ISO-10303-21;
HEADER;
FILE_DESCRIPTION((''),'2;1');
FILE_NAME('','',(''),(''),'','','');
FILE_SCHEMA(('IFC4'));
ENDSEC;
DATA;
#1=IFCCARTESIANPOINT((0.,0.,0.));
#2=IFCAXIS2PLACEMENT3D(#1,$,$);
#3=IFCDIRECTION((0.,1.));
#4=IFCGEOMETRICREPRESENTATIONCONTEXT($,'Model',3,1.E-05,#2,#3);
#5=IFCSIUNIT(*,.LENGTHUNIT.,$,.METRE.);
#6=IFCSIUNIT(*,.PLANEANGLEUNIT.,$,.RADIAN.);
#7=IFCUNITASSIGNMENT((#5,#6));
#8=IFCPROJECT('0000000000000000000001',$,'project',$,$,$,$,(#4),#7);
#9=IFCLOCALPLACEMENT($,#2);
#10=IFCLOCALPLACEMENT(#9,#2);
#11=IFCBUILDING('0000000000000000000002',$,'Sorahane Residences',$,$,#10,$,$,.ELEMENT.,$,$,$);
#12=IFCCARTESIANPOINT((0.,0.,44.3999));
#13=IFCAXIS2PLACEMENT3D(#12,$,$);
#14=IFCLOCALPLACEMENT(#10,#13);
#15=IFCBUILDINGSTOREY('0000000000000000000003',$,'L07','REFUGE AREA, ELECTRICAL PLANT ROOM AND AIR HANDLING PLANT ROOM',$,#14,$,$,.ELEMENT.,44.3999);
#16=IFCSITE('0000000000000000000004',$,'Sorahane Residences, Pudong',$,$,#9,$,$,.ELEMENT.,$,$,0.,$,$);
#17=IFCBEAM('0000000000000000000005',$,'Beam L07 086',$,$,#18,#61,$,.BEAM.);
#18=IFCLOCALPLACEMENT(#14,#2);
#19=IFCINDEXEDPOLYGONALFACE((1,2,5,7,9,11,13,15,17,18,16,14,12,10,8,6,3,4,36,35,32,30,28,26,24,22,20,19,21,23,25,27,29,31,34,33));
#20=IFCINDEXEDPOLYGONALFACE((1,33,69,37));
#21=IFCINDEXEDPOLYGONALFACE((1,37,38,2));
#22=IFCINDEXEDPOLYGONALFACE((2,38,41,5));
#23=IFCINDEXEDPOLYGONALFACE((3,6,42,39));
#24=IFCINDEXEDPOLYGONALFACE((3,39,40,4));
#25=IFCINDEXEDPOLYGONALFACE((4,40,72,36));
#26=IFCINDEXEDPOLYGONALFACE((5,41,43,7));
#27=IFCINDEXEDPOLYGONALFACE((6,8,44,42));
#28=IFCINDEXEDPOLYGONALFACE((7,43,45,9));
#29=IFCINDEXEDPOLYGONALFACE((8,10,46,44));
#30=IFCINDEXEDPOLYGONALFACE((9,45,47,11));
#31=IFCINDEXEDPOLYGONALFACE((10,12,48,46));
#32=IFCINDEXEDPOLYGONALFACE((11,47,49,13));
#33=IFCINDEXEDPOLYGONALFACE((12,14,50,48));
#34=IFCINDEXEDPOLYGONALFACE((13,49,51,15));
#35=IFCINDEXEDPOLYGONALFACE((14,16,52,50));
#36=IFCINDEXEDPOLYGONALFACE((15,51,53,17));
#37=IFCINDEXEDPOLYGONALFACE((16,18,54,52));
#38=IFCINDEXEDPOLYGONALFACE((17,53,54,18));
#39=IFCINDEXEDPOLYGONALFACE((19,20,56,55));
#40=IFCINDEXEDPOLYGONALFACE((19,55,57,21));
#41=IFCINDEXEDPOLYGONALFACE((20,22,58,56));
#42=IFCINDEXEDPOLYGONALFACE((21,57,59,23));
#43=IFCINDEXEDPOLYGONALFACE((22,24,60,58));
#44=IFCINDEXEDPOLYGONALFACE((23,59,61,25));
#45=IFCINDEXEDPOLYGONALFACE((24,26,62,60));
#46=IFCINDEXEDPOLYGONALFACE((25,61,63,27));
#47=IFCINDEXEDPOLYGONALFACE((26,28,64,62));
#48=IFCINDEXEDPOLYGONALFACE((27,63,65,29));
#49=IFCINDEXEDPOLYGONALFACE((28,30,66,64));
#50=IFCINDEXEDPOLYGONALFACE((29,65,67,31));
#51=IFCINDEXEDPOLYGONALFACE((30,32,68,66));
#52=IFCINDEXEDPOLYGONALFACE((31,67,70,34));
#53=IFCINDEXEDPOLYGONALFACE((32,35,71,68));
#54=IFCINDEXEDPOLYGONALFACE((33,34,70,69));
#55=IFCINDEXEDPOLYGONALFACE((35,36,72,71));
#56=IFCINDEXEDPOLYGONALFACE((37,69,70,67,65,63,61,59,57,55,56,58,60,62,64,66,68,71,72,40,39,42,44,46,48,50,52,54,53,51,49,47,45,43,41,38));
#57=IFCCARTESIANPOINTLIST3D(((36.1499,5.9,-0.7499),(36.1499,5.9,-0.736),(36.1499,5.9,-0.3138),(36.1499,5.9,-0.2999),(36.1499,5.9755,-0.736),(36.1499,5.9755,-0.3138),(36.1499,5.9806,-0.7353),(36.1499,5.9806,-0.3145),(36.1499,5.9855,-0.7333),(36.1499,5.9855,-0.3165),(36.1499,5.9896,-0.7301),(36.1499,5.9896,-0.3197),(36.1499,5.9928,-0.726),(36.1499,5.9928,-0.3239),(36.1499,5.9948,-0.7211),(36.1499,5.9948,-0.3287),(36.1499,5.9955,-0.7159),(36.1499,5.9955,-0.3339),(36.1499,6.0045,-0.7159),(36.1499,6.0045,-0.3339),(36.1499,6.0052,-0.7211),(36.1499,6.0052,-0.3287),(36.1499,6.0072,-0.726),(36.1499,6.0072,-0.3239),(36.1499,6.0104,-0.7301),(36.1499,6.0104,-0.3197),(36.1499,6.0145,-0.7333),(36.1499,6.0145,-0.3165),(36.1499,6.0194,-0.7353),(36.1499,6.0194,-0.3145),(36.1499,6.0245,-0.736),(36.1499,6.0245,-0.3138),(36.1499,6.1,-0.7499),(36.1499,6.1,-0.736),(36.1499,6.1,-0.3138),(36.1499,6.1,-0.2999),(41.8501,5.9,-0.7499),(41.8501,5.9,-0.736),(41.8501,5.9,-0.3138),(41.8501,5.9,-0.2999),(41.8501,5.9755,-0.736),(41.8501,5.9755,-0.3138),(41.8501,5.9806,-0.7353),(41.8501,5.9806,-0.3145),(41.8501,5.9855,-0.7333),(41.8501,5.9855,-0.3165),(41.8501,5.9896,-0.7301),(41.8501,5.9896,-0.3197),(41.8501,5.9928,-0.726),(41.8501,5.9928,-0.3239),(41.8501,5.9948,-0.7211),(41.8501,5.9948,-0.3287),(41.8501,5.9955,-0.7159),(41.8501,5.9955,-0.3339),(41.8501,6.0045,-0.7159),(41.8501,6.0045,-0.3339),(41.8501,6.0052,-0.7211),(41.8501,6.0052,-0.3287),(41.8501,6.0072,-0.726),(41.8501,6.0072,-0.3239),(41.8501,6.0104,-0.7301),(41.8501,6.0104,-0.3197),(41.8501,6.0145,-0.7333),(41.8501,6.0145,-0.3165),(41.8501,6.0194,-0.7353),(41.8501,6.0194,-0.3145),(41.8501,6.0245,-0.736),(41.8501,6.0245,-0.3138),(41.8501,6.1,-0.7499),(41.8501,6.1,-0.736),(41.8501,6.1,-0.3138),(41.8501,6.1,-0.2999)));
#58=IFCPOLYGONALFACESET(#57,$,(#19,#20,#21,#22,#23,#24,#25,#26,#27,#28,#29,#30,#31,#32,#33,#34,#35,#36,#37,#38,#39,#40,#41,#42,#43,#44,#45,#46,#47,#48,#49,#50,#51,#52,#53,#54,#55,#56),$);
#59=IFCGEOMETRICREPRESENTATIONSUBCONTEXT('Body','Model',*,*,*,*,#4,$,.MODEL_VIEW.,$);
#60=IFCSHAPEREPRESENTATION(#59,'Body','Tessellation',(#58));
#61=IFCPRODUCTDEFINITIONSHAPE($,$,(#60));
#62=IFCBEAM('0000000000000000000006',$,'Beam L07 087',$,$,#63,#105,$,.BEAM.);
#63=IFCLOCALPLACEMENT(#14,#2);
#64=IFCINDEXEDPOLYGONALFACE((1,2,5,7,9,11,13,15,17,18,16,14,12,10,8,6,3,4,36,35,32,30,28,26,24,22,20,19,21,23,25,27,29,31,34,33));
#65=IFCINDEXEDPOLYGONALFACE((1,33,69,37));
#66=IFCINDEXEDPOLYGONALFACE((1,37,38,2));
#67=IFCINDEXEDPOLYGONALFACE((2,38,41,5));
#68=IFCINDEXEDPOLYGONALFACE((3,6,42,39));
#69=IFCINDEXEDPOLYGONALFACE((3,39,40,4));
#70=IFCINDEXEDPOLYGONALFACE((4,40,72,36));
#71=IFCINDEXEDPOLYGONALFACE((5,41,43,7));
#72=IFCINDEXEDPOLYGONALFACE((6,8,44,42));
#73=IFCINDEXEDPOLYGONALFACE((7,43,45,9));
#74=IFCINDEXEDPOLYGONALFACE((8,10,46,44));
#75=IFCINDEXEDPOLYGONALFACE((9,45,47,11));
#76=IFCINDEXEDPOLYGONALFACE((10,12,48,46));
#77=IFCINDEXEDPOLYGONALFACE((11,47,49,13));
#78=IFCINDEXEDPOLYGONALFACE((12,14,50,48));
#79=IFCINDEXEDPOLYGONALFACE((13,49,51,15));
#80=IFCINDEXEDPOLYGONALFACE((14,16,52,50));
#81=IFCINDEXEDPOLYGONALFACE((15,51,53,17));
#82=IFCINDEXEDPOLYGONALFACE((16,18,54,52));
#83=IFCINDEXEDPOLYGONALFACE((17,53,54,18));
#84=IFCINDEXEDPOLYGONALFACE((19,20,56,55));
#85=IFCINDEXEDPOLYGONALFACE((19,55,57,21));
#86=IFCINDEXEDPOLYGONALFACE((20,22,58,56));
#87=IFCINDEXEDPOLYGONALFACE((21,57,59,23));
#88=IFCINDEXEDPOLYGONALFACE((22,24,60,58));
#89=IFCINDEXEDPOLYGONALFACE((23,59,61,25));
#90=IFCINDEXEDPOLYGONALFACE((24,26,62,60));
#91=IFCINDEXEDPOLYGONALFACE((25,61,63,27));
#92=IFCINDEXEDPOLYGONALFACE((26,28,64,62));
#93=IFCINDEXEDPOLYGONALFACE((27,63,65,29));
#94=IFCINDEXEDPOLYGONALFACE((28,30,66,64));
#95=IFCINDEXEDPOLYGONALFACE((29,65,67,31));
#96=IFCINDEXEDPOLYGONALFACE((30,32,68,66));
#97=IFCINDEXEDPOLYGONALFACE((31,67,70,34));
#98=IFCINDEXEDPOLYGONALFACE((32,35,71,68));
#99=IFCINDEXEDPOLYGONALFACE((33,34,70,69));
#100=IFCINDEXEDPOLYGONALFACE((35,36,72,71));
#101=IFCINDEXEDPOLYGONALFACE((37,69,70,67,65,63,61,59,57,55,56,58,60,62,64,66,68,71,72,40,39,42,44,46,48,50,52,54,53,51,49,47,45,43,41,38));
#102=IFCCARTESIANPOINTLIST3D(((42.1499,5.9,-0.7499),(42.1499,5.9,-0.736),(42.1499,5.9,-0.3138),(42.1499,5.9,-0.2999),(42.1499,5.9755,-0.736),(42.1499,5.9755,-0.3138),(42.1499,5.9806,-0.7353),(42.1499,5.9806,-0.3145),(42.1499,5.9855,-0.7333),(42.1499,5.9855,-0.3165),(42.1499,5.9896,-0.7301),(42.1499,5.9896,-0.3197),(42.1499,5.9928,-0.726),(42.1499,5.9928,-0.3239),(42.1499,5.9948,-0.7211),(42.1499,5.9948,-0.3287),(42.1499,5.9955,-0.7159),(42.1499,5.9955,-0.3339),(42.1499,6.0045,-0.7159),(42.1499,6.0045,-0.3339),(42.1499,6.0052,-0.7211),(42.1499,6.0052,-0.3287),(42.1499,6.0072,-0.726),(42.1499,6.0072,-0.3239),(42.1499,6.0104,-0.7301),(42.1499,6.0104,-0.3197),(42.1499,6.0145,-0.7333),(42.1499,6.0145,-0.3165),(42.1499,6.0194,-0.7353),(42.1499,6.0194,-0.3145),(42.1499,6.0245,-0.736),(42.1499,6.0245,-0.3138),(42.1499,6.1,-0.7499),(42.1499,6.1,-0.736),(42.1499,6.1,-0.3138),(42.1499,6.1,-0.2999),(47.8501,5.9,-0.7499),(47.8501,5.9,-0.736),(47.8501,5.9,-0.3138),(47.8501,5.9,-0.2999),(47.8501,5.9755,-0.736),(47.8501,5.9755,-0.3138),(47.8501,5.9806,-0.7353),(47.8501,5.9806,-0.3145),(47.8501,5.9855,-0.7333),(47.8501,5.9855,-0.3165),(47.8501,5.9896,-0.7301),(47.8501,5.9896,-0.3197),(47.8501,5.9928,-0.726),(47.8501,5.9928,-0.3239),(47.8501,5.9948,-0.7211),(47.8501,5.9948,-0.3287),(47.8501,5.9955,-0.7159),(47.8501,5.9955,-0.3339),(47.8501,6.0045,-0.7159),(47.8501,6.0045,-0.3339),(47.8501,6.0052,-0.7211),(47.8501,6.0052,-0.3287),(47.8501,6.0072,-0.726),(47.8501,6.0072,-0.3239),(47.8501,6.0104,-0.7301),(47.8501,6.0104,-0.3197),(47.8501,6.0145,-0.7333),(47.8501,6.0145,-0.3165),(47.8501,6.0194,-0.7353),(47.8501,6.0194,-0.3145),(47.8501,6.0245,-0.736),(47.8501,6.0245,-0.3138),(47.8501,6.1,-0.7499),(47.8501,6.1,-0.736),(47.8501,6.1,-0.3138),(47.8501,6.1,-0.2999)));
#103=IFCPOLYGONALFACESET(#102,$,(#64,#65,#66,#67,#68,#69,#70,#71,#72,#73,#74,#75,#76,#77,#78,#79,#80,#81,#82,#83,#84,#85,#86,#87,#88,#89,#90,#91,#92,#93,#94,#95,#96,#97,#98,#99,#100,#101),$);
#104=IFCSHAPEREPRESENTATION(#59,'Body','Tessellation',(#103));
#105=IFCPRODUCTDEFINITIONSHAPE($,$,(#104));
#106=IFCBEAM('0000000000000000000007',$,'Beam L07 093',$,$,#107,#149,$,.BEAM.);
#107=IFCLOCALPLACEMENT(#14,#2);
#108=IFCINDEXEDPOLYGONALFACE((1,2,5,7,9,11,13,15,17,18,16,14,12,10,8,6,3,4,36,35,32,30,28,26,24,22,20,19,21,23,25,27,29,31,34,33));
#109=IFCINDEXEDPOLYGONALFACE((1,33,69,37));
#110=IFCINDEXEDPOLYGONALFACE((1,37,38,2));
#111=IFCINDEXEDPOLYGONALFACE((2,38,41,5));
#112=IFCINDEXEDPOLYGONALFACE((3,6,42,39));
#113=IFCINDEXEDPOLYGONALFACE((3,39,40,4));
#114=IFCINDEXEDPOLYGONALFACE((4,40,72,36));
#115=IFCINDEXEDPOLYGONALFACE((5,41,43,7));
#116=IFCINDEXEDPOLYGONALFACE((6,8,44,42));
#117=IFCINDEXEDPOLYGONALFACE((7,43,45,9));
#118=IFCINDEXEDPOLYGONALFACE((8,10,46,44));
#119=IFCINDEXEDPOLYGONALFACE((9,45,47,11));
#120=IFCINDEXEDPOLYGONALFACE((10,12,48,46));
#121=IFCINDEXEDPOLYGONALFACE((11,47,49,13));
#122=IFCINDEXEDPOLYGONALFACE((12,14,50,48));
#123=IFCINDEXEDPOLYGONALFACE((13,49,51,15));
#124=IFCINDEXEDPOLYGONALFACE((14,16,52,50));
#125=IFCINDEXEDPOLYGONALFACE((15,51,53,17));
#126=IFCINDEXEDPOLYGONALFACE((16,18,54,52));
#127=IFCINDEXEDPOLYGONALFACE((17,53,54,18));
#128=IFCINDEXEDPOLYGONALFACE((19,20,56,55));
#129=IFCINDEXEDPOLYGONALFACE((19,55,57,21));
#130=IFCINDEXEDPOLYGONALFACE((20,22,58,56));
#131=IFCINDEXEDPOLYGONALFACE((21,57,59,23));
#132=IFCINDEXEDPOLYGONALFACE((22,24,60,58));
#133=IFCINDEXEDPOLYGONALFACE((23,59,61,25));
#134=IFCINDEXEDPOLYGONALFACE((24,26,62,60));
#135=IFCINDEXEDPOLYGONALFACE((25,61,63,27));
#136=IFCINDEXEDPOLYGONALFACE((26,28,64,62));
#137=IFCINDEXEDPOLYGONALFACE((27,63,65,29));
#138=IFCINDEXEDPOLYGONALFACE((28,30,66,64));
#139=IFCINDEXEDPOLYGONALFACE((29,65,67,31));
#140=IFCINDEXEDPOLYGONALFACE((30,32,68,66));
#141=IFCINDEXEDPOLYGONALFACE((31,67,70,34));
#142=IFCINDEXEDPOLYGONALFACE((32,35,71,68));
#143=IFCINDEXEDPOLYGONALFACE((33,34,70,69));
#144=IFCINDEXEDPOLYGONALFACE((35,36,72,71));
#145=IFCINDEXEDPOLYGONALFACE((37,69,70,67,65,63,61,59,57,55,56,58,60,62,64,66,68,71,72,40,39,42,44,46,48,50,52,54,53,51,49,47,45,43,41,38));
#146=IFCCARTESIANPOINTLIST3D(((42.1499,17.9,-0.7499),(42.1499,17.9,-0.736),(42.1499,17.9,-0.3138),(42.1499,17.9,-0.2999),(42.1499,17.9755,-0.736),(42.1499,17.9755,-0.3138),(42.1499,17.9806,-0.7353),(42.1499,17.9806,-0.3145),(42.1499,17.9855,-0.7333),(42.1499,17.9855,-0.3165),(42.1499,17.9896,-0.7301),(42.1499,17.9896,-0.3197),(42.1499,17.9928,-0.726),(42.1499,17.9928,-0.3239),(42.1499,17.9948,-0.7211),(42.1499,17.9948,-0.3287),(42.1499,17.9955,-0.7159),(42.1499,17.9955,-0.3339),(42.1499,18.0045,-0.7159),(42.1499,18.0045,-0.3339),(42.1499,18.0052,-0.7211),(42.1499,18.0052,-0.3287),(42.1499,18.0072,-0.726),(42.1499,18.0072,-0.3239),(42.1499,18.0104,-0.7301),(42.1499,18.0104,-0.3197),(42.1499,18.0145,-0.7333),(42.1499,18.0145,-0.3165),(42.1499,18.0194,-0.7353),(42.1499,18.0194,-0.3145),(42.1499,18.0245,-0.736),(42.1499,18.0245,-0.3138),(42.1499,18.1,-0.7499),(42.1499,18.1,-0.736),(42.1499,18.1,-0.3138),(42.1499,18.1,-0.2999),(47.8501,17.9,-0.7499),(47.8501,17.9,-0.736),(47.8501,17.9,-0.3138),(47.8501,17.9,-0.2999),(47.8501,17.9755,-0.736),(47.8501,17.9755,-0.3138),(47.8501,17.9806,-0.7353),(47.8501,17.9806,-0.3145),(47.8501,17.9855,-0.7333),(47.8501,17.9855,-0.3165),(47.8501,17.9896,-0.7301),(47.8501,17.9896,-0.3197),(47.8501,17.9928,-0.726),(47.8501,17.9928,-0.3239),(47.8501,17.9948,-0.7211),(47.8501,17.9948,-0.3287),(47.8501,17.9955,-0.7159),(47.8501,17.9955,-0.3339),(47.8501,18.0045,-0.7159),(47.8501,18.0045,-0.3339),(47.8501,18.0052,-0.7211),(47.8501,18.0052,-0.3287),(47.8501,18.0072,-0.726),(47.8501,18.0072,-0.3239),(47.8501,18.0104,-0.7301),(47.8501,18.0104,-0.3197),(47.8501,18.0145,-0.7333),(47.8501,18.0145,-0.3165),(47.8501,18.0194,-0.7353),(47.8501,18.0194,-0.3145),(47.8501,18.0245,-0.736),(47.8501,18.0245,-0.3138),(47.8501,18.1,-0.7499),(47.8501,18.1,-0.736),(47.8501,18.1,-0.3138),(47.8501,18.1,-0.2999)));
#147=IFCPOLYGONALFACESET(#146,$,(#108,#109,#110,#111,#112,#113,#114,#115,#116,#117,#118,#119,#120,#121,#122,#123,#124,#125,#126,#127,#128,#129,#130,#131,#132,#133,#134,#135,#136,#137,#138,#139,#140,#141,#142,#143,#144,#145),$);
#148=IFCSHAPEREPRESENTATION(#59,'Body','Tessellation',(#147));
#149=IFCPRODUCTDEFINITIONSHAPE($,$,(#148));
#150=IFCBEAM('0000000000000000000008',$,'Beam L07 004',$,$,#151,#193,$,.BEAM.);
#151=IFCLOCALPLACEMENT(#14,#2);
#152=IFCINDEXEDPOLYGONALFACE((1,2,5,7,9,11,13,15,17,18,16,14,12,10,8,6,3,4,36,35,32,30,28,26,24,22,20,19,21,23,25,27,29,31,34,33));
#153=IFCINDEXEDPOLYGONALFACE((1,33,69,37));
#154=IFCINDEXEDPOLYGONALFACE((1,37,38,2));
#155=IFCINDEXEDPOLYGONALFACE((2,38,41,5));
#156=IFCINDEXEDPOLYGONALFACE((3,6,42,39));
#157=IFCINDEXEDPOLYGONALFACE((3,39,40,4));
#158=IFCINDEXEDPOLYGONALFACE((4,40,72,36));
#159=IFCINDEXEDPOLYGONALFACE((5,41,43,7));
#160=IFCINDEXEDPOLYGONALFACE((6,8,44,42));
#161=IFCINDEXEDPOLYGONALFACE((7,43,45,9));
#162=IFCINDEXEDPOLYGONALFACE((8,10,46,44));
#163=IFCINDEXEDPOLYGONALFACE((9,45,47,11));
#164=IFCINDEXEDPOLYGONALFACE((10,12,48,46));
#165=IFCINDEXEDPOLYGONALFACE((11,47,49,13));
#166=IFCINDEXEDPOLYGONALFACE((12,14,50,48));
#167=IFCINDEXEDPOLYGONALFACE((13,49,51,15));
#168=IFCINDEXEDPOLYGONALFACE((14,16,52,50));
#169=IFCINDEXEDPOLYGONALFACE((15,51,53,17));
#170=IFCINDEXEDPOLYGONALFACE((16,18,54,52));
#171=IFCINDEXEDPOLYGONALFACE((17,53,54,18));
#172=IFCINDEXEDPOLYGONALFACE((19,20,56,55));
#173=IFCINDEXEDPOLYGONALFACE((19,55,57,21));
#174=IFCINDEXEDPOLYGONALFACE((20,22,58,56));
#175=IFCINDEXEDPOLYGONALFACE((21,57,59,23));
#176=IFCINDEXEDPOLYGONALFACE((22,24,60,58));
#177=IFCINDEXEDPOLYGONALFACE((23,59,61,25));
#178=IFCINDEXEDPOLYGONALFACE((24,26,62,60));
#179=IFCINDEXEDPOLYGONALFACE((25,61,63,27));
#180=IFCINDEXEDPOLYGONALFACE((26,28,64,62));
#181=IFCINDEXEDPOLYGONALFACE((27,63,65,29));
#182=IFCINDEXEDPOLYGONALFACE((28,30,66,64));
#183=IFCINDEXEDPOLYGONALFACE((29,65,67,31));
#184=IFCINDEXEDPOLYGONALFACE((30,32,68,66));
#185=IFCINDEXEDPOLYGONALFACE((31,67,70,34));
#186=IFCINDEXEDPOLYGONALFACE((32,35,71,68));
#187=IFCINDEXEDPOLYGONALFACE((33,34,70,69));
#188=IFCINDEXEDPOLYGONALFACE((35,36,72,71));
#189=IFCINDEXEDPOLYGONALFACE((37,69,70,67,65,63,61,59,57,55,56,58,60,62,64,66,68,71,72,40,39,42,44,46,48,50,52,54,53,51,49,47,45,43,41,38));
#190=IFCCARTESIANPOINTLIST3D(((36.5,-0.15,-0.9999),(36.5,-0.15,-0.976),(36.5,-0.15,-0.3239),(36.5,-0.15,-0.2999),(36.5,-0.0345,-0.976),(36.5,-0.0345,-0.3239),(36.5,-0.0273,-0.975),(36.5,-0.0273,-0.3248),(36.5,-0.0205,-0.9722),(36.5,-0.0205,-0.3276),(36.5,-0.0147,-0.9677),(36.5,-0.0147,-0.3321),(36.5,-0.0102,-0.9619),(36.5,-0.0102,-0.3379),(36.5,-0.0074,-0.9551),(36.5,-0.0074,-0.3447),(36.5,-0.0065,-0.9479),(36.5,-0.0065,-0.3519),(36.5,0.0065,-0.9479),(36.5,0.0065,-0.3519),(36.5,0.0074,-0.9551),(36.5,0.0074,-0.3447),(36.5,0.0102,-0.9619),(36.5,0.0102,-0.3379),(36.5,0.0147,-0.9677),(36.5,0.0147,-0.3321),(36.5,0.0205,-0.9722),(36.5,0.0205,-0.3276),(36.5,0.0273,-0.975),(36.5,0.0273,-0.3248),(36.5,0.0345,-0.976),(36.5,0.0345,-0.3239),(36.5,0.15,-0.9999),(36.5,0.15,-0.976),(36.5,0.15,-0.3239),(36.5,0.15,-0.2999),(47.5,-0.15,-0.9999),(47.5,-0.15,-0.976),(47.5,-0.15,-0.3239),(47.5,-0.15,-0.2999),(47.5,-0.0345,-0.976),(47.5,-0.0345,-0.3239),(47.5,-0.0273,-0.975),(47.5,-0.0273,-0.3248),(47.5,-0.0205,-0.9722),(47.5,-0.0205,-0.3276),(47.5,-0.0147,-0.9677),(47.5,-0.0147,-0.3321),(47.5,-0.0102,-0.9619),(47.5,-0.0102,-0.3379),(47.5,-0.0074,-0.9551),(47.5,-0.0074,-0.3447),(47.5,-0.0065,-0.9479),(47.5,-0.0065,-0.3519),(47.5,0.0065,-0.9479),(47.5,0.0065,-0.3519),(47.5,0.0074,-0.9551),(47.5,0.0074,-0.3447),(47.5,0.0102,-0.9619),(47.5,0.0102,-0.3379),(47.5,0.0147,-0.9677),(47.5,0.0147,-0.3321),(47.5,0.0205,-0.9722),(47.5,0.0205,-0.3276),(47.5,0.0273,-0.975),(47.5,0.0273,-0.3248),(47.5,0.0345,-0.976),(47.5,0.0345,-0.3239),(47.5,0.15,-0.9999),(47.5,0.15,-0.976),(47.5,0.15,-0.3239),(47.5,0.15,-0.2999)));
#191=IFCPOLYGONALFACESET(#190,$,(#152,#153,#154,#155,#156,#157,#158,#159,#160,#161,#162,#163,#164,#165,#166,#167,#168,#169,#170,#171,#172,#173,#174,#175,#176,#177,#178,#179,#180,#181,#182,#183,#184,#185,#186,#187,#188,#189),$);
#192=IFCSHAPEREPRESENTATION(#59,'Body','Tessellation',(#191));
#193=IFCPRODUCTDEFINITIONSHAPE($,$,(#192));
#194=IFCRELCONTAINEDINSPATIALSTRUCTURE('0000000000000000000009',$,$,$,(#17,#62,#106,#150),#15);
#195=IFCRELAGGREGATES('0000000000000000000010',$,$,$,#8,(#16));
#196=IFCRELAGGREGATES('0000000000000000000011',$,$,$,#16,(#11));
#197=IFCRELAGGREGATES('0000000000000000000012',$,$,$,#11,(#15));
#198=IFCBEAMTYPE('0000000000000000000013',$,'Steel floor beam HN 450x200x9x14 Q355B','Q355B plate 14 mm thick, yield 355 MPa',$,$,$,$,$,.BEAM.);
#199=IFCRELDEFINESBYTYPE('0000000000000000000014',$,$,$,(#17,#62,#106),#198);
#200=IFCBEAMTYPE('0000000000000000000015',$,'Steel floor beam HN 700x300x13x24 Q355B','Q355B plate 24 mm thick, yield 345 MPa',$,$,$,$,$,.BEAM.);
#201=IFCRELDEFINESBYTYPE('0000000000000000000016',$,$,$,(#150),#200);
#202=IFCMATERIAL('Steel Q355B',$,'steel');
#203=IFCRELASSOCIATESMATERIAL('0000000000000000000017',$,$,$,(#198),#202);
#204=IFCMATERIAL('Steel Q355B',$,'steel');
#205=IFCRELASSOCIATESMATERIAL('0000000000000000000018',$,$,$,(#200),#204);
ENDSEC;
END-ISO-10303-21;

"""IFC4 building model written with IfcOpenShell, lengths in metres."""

from ifc_helpers import new_model, si_unit, direction, frame, origin, origin_2d, place, context, subcontext, project, spatial, i_section, extrude, material, material_profile, profile_set, type_object, element, save


model = new_model("IFC4")

# Units and contexts
model_context = context("Model", 3, precision=1e-05, world=origin(), true_north=direction((0.0, 1.0)))
body_context = subcontext(model_context, "Body", "Model", "MODEL_VIEW")
ifc_project = project(units=[si_unit("LENGTHUNIT", "METRE"), si_unit("PLANEANGLEUNIT", "RADIAN")], contexts=[model_context])

# Site, building, storey
site_placement = place(None, origin())
site = spatial("IfcSite", under=ifc_project, at=site_placement, Name="Sorahane Residences, Pudong", CompositionType="ELEMENT", RefElevation=0.0)
building_placement = place(site_placement, origin())
building = spatial("IfcBuilding", under=site, at=building_placement, Name="Sorahane Residences", CompositionType="ELEMENT")
storey_placement = place(building_placement, frame((0.0, 0.0, 44.3999)))
storey = spatial("IfcBuildingStorey", under=building, at=storey_placement, Name="L07", Description="REFUGE AREA, ELECTRICAL PLANT ROOM AND AIR HANDLING PLANT ROOM", CompositionType="ELEMENT", Elevation=44.3999)

# Beams
ifc_material_1 = material(Name="Steel Q355B", Category="steel")
ifc_material_profile_1 = material_profile(ifc_material_1, i_section(OverallWidth=0.2, OverallDepth=0.45, WebThickness=0.009, FlangeThickness=0.0139, FilletRadius=0.02, at=origin_2d()), Name="HN 450x200x9x14")
ifc_profile_set_1 = profile_set([ifc_material_profile_1], Name="Steel Q355B")
beam_type_1 = type_object("IfcBeamType", Name="Steel floor beam HN 450x200x9x14 Q355B", Description="Q355B plate 14 mm thick, yield 355 MPa", PredefinedType="BEAM", material=ifc_profile_set_1)
for number, where, z_axis, x_axis, name in (
    (1, (36.1499, 6.0, -0.5249), (1.0, 0.0, 0.0), (0.0, 1.0, 0.0), "Beam L07 086"),
    (2, (42.1499, 6.0, -0.5249), (1.0, 0.0, 0.0), (0.0, 1.0, 0.0), "Beam L07 087"),
    (3, (42.1499, 18.0, -0.5249), (1.0, 0.0, 0.0), (0.0, 1.0, 0.0), "Beam L07 093"),
):
    element("IfcBeam", number, at=place(storey_placement, frame(where, z_axis=z_axis, x_axis=x_axis)), inside=storey, type_object=beam_type_1, Name=name, PredefinedType="BEAM", context=body_context, shape_type="SweptSolid", body=[
        extrude(i_section(OverallWidth=0.2, OverallDepth=0.45, WebThickness=0.009, FlangeThickness=0.0139, FilletRadius=0.02, at=origin_2d()), origin(), (0.0, 0.0, 1.0), 5.7002),
    ])
ifc_material_2 = material(Name="Steel Q355B", Category="steel")
ifc_material_profile_2 = material_profile(ifc_material_2, i_section(OverallWidth=0.3, OverallDepth=0.7, WebThickness=0.0129, FlangeThickness=0.0239, FilletRadius=0.0281, at=origin_2d()), Name="HN 700x300x13x24")
ifc_profile_set_2 = profile_set([ifc_material_profile_2], Name="Steel Q355B")
beam_type_2 = type_object("IfcBeamType", Name="Steel floor beam HN 700x300x13x24 Q355B", Description="Q355B plate 24 mm thick, yield 345 MPa", PredefinedType="BEAM", material=ifc_profile_set_2)
beam_1_placement = place(storey_placement, frame((36.5, 0.0, -0.6499), z_axis=(1.0, 0.0, 0.0), x_axis=(0.0, 1.0, 0.0)))
element("IfcBeam", 4, at=beam_1_placement, inside=storey, type_object=beam_type_2, Name="Beam L07 004", PredefinedType="BEAM", context=body_context, shape_type="SweptSolid", body=[
    extrude(i_section(OverallWidth=0.3, OverallDepth=0.7, WebThickness=0.0129, FlangeThickness=0.0239, FilletRadius=0.0281, at=origin_2d()), origin(), (0.0, 0.0, 1.0), 11.0),
])

save(model, "model.ifc")
